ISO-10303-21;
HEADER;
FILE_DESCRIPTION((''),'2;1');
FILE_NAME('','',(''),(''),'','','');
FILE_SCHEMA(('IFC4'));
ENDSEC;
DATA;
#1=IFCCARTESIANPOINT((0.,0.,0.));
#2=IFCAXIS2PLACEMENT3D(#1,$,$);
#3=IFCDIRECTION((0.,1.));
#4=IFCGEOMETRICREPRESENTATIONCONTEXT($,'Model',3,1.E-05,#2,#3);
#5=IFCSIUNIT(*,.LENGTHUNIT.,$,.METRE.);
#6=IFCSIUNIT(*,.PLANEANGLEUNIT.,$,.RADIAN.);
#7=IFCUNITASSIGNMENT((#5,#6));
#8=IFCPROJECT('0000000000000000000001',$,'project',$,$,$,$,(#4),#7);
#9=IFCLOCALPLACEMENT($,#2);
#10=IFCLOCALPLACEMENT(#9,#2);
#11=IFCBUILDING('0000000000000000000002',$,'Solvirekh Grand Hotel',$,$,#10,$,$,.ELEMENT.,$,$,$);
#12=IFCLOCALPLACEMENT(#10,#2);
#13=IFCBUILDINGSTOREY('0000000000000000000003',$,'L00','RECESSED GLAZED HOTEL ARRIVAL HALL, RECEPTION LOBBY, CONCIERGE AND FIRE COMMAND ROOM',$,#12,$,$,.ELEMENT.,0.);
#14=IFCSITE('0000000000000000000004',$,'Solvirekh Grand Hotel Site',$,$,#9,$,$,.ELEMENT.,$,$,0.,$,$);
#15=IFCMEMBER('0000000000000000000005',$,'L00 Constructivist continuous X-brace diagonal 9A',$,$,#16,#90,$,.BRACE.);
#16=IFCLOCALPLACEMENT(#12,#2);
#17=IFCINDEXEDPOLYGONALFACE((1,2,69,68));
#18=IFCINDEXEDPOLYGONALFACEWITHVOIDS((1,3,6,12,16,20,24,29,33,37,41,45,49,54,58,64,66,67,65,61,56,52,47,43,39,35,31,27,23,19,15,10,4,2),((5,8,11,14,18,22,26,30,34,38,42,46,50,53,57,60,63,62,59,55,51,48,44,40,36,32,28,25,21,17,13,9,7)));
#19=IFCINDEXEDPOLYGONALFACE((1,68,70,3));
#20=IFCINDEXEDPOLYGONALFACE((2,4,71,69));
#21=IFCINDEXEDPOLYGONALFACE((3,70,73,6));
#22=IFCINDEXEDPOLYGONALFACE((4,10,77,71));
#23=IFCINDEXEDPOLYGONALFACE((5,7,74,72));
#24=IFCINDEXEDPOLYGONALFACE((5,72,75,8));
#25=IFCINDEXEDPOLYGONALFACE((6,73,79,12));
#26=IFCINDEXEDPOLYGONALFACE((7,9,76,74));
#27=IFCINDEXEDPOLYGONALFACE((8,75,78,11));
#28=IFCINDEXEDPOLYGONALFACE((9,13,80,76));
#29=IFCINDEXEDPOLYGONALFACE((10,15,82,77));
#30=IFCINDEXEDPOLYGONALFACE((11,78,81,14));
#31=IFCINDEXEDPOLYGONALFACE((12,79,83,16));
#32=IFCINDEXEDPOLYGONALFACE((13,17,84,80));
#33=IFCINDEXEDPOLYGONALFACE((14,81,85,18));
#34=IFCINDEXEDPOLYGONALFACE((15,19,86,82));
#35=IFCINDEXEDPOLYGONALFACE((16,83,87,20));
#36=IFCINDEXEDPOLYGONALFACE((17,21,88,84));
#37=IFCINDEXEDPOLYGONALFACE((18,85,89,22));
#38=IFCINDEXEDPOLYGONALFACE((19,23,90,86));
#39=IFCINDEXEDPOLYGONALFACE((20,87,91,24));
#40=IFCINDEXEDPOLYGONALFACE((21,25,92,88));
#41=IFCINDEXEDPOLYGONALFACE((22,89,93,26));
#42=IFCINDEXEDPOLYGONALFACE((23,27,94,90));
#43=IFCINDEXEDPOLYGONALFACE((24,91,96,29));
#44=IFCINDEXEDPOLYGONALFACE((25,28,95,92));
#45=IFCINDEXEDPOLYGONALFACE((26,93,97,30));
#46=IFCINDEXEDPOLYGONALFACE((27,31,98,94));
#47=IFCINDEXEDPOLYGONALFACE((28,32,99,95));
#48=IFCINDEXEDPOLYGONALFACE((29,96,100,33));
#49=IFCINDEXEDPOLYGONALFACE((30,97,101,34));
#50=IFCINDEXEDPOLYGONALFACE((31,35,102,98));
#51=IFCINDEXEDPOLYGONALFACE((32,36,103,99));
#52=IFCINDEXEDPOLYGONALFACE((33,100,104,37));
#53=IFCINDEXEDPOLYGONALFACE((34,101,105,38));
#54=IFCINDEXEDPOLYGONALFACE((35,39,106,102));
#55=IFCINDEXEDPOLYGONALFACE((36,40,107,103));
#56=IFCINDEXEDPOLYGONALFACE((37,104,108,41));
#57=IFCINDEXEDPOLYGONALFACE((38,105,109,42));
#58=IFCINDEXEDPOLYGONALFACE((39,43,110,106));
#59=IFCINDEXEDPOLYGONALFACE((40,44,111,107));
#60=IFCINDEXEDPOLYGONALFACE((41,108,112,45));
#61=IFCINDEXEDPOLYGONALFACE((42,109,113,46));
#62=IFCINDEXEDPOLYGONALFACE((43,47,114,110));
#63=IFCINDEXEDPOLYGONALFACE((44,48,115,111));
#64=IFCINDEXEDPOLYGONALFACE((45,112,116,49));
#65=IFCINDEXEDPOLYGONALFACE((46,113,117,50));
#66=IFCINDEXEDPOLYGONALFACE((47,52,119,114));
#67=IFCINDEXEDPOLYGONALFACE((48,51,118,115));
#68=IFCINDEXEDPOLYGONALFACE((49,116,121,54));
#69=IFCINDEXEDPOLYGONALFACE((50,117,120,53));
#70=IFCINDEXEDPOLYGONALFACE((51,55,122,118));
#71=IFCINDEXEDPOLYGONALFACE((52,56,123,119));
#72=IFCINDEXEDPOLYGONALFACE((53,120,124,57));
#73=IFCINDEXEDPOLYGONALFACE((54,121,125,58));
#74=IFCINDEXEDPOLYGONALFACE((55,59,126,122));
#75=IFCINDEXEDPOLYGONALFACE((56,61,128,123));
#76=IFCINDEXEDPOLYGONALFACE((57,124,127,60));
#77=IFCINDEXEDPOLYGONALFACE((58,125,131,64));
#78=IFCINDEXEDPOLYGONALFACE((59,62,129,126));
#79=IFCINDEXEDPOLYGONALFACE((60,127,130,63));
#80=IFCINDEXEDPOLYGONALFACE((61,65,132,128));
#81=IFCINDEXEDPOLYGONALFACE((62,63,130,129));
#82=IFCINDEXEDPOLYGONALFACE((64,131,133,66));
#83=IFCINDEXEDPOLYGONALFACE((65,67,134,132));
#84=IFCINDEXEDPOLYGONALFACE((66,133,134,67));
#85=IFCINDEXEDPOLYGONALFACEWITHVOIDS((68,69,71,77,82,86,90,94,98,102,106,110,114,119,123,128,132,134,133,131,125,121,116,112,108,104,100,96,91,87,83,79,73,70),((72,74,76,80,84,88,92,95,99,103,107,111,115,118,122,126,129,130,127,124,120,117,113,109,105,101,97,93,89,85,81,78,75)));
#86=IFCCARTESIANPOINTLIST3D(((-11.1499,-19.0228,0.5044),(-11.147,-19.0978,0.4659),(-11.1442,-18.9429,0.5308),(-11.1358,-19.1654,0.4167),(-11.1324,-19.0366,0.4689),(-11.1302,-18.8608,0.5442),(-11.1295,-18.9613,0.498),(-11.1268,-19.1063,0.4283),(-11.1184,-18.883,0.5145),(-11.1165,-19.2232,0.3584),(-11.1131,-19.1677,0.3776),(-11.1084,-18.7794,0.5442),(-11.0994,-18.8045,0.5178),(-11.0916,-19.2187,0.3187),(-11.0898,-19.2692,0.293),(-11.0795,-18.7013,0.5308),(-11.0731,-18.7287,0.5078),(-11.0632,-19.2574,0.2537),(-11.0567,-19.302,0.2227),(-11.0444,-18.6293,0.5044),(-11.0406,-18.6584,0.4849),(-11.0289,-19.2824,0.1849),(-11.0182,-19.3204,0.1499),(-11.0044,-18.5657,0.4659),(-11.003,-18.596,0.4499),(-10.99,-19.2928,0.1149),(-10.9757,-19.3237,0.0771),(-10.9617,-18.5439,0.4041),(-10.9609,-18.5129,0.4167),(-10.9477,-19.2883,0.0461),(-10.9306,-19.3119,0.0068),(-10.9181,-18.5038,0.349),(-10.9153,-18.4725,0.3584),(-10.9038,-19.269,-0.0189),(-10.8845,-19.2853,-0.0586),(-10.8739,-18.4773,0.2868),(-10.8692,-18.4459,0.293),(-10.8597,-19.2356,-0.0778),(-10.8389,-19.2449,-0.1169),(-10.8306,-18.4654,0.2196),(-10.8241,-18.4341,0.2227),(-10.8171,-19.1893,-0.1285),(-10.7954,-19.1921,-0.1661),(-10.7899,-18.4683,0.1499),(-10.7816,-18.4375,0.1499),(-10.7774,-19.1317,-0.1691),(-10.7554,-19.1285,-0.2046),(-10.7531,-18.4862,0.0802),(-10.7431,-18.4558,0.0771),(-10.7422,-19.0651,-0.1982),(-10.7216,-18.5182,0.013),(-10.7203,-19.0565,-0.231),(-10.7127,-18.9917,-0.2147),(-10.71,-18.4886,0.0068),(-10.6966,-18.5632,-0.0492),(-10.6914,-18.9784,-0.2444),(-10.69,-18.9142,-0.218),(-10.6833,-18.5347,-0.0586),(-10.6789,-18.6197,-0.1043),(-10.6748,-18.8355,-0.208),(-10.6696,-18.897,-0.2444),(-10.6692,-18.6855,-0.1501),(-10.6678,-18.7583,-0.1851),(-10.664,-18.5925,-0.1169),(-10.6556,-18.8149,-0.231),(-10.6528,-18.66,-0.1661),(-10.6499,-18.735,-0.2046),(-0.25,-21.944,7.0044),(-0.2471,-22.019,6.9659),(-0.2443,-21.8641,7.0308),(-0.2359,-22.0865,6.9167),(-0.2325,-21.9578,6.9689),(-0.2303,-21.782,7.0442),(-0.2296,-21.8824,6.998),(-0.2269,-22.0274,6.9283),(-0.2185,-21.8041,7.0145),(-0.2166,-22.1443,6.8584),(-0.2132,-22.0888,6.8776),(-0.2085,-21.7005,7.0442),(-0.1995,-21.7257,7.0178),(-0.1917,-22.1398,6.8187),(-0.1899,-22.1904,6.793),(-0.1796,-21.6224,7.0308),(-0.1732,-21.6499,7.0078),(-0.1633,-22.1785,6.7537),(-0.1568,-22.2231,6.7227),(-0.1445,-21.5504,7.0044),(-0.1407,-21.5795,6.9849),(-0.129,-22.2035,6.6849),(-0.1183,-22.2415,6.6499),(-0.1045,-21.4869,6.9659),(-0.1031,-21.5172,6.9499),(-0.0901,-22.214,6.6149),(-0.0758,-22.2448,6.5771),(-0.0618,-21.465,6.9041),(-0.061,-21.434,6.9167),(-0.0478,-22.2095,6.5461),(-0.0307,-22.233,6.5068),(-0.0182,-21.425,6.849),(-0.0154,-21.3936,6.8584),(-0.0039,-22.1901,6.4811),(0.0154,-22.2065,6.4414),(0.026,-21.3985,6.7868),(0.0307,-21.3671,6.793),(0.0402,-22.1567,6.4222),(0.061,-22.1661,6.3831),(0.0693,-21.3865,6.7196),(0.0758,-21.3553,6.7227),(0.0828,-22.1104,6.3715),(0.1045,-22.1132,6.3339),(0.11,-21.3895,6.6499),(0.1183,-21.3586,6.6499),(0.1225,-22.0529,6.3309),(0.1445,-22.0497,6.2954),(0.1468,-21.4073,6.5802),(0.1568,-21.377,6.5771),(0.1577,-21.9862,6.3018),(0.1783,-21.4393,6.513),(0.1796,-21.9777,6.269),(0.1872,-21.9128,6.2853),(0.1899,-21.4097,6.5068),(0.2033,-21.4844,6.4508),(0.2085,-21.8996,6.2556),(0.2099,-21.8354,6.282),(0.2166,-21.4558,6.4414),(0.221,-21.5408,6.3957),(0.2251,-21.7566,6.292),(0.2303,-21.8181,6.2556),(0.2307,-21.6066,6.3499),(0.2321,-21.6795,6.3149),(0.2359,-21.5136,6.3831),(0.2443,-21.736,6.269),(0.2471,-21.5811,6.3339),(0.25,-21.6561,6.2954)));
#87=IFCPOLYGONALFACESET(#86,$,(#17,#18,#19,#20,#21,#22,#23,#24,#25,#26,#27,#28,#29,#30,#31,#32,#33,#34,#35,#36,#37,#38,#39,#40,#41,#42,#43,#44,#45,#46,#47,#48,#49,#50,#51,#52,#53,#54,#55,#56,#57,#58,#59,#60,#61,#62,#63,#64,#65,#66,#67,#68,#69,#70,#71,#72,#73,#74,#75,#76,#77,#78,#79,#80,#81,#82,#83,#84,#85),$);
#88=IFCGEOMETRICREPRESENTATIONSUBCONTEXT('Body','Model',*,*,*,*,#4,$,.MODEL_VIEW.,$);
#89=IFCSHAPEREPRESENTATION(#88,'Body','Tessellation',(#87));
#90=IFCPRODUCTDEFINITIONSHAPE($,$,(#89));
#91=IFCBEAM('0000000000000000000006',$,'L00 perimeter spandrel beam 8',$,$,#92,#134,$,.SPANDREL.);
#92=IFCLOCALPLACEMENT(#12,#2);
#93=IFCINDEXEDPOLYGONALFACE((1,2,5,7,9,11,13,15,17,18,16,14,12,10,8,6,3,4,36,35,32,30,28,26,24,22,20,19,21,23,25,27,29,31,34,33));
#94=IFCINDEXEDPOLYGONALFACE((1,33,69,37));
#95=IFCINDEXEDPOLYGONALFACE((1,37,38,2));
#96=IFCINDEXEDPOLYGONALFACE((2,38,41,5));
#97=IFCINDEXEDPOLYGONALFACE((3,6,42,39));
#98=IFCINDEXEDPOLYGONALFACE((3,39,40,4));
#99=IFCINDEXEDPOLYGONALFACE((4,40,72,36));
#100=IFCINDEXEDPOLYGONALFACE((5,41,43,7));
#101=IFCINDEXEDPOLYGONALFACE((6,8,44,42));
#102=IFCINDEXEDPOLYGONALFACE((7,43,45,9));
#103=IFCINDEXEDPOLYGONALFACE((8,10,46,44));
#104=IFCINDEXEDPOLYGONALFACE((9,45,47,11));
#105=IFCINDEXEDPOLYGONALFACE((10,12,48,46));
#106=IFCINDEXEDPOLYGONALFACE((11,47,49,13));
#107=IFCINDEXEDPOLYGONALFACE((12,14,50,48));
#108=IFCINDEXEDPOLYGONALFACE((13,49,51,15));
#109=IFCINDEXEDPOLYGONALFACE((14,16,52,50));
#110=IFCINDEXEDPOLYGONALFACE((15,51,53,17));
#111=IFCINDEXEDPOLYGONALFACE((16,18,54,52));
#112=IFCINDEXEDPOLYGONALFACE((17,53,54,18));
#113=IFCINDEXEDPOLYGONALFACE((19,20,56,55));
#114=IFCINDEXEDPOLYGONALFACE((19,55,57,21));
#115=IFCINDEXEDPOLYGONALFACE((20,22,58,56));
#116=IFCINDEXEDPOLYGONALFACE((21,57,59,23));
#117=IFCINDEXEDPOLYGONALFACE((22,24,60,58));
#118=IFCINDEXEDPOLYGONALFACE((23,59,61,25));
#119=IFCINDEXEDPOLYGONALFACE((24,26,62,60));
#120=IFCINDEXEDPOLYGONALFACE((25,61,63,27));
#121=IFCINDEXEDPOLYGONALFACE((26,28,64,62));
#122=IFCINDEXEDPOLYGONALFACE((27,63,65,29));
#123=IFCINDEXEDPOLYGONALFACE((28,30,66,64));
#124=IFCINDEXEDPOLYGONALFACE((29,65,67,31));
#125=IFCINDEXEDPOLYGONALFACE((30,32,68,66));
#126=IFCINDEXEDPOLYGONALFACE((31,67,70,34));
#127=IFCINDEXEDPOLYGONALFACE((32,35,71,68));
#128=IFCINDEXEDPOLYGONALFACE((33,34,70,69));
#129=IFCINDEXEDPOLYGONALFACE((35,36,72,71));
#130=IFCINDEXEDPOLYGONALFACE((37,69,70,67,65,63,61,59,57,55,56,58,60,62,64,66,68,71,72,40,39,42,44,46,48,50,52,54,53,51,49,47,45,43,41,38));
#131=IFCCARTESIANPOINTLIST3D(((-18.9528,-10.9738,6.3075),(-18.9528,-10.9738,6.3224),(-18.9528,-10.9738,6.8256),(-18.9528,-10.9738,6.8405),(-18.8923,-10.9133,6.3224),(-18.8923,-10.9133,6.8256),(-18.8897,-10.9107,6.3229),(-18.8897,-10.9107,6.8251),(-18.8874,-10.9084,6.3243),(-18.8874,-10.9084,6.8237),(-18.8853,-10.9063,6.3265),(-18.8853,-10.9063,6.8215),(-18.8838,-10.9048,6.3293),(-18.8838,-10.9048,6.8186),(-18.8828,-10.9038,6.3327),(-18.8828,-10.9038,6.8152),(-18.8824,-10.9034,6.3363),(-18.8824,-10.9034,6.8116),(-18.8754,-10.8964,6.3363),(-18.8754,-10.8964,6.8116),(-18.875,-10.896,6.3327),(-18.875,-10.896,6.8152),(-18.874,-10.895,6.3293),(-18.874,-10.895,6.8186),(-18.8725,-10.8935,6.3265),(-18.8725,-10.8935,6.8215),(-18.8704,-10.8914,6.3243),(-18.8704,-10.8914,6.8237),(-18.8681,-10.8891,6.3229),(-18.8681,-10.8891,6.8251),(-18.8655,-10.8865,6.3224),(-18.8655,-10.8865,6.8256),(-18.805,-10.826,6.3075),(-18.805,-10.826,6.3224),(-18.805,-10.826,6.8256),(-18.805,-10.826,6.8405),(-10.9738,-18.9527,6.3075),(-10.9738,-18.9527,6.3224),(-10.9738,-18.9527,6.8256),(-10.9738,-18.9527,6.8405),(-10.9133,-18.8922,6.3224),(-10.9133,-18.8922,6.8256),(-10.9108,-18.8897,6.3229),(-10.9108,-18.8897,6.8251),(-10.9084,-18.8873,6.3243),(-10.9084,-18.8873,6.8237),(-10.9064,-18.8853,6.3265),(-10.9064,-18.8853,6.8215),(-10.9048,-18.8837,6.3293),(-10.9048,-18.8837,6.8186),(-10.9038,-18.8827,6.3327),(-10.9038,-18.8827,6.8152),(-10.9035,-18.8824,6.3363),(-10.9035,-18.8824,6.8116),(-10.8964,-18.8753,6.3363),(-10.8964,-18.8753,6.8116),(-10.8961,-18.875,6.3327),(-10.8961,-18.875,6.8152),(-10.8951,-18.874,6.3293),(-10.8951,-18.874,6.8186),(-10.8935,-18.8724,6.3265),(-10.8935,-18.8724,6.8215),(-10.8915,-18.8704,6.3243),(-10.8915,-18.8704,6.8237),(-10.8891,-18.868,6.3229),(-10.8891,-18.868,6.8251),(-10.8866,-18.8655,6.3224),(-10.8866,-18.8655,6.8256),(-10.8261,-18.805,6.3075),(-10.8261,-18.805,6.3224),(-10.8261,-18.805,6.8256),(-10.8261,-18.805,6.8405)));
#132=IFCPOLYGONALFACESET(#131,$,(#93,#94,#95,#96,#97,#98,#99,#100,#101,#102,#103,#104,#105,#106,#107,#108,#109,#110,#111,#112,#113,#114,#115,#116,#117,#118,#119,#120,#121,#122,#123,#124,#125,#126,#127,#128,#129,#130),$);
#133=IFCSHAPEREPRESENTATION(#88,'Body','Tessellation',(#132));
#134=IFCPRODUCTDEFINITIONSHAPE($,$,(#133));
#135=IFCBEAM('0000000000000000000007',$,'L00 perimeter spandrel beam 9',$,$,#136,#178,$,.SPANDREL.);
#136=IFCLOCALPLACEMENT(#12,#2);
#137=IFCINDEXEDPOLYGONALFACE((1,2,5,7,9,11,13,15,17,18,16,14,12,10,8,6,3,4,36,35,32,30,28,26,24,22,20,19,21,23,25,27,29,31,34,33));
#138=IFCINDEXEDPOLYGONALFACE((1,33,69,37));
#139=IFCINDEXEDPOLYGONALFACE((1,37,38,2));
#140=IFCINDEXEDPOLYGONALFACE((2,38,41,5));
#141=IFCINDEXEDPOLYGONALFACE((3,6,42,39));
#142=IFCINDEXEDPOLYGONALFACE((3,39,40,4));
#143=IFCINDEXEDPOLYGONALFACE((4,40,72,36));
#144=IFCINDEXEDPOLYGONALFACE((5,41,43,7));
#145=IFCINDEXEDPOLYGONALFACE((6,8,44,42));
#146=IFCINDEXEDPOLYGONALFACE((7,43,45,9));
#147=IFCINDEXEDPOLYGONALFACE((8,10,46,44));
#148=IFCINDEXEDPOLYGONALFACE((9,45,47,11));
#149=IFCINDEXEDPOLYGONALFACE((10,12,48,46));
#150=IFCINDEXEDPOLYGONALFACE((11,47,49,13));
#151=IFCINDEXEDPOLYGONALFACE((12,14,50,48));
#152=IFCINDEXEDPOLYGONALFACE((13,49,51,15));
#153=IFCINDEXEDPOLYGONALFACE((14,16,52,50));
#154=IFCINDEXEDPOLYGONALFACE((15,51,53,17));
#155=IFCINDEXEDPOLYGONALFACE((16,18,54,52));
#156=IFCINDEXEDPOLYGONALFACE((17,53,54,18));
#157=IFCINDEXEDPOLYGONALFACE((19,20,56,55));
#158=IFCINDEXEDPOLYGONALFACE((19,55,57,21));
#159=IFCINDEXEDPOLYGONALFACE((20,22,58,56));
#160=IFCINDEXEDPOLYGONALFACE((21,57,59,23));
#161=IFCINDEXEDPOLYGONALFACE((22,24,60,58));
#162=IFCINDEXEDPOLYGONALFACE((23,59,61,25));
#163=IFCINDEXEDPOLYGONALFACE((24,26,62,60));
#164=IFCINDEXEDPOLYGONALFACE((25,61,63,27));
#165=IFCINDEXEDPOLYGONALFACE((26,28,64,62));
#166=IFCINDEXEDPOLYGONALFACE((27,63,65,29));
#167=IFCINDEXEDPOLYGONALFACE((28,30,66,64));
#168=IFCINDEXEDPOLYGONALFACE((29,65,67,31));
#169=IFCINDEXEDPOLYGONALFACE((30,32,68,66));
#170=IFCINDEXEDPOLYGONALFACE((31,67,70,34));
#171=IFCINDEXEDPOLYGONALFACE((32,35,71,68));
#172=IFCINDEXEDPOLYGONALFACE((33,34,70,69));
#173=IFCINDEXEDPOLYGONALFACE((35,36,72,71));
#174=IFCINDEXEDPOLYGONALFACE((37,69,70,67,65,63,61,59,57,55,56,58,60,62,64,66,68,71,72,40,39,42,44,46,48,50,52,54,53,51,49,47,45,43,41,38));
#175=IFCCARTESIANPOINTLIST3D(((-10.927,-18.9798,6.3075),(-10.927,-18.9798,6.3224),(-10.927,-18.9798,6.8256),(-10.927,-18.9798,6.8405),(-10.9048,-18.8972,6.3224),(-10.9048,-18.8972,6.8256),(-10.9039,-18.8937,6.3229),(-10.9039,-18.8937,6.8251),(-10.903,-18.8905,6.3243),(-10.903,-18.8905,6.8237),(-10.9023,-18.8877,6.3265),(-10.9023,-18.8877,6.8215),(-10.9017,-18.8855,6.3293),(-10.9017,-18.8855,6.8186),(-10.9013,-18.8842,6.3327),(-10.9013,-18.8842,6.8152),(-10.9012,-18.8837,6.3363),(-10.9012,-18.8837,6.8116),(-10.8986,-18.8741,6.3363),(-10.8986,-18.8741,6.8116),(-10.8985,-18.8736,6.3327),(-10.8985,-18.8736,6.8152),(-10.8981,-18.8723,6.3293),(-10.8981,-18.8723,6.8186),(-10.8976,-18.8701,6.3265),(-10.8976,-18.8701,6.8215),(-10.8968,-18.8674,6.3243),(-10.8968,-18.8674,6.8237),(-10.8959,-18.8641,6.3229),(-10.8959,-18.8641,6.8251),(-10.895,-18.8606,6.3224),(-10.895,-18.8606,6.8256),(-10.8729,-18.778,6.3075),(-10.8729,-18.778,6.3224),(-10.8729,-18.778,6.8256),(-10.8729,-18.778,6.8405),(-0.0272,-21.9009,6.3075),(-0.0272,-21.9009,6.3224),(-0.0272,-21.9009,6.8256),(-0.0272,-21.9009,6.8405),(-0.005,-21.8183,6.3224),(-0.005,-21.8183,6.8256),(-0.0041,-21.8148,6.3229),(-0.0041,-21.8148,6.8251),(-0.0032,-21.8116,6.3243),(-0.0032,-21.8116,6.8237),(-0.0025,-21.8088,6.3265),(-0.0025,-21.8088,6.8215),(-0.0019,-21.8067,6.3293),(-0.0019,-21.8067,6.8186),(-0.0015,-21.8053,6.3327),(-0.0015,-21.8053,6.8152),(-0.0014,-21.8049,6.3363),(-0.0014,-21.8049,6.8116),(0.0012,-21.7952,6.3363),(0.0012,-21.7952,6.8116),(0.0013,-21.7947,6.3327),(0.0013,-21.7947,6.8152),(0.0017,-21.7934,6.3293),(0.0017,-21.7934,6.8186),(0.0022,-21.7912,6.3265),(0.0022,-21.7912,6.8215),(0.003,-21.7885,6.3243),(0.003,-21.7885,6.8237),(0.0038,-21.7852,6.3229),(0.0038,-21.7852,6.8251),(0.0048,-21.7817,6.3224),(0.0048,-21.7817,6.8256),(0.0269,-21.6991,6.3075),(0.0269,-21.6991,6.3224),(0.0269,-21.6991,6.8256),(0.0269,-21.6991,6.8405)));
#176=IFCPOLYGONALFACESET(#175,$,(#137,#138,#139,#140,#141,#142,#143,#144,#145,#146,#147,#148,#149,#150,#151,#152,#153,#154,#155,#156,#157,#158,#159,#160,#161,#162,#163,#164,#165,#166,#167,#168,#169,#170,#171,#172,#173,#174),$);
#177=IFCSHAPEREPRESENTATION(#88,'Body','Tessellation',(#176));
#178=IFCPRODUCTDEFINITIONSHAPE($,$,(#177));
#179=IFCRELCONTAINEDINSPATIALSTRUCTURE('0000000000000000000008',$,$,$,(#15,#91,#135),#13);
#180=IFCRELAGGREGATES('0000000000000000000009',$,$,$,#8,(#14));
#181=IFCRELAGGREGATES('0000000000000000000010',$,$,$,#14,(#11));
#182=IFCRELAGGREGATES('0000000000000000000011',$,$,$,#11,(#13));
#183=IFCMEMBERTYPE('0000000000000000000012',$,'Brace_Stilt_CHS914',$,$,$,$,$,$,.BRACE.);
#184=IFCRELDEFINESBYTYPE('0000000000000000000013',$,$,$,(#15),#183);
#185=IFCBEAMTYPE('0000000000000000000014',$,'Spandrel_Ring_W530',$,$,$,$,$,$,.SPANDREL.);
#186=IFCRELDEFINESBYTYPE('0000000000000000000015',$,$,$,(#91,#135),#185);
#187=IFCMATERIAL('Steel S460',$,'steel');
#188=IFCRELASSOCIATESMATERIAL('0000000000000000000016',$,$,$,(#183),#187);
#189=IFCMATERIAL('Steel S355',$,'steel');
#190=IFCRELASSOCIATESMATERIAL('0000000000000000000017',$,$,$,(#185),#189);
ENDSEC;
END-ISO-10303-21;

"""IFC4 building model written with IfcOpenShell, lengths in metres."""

from ifc_helpers import new_model, si_unit, direction, frame, origin, origin_2d, place, context, subcontext, project, spatial, hollow_circle, i_section, extrude, material, material_profile, profile_set, type_object, element, save


model = new_model("IFC4")

# Units and contexts
model_context = context("Model", 3, precision=1e-05, world=origin(), true_north=direction((0.0, 1.0)))
body_context = subcontext(model_context, "Body", "Model", "MODEL_VIEW")
ifc_project = project(units=[si_unit("LENGTHUNIT", "METRE"), si_unit("PLANEANGLEUNIT", "RADIAN")], contexts=[model_context])

# Site, building, storey
site_placement = place(None, origin())
site = spatial("IfcSite", under=ifc_project, at=site_placement, Name="Solvirekh Grand Hotel Site", CompositionType="ELEMENT", RefElevation=0.0)
building_placement = place(site_placement, origin())
building = spatial("IfcBuilding", under=site, at=building_placement, Name="Solvirekh Grand Hotel", CompositionType="ELEMENT")
storey_placement = place(building_placement, origin())
storey = spatial("IfcBuildingStorey", under=building, at=storey_placement, Name="L00", Description="RECESSED GLAZED HOTEL ARRIVAL HALL, RECEPTION LOBBY, CONCIERGE AND FIRE COMMAND ROOM", CompositionType="ELEMENT", Elevation=0.0)

# Member
ifc_material_1 = material(Name="Steel S460", Category="steel")
ifc_material_profile_1 = material_profile(ifc_material_1, hollow_circle(Radius=0.457, WallThickness=0.032, at=origin_2d()), Name="CHS 914X32")
ifc_profile_set_1 = profile_set([ifc_material_profile_1], Name="Steel S460")
member_type_1 = type_object("IfcMemberType", Name="Brace_Stilt_CHS914", PredefinedType="BRACE", material=ifc_profile_set_1)
member_1_placement = place(storey_placement, frame((-10.8999, -18.8789, 0.1499), z_axis=(0.836992, -0.224311, 0.499128), x_axis=(0.258862, 0.965914, 0.0)))
element("IfcMember", 1, at=member_1_placement, inside=storey, type_object=member_type_1, Name="L00 Constructivist continuous X-brace diagonal 9A", PredefinedType="BRACE", context=body_context, shape_type="SweptSolid", body=[
    extrude(hollow_circle(Radius=0.457, WallThickness=0.032, at=origin_2d()), origin(), (0.0, 0.0, 1.0), 13.0227),
])

# Beams
ifc_material_2 = material(Name="Steel S355", Category="steel")
ifc_material_profile_2 = material_profile(ifc_material_2, i_section(OverallWidth=0.209, OverallDepth=0.533, WebThickness=0.01, FlangeThickness=0.0149, FilletRadius=0.0139, at=origin_2d()), Name="W530X92")
ifc_profile_set_2 = profile_set([ifc_material_profile_2], Name="Steel S355")
beam_type = type_object("IfcBeamType", Name="Spandrel_Ring_W530", PredefinedType="SPANDREL", material=ifc_profile_set_2)
beam_1_placement = place(storey_placement, frame((-18.8789, -10.8999, 6.574), z_axis=(0.707107, -0.707107, 0.0), x_axis=(0.707107, 0.707107, 0.0)))
element("IfcBeam", 2, at=beam_1_placement, inside=storey, type_object=beam_type, Name="L00 perimeter spandrel beam 8", PredefinedType="SPANDREL", context=body_context, shape_type="SweptSolid", body=[
    extrude(i_section(OverallWidth=0.209, OverallDepth=0.533, WebThickness=0.01, FlangeThickness=0.0149, FilletRadius=0.0139, at=origin_2d()), origin(), (0.0, 0.0, 1.0), 11.2839),
])
beam_2_placement = place(storey_placement, frame((-10.8999, -18.8789, 6.574), z_axis=(0.965914, -0.258862, 0.0), x_axis=(0.258862, 0.965914, 0.0)))
element("IfcBeam", 3, at=beam_2_placement, inside=storey, type_object=beam_type, Name="L00 perimeter spandrel beam 9", PredefinedType="SPANDREL", context=body_context, shape_type="SweptSolid", body=[
    extrude(i_section(OverallWidth=0.209, OverallDepth=0.533, WebThickness=0.01, FlangeThickness=0.0149, FilletRadius=0.0139, at=origin_2d()), origin(), (0.0, 0.0, 1.0), 11.2844),
])

save(model, "model.ifc")
